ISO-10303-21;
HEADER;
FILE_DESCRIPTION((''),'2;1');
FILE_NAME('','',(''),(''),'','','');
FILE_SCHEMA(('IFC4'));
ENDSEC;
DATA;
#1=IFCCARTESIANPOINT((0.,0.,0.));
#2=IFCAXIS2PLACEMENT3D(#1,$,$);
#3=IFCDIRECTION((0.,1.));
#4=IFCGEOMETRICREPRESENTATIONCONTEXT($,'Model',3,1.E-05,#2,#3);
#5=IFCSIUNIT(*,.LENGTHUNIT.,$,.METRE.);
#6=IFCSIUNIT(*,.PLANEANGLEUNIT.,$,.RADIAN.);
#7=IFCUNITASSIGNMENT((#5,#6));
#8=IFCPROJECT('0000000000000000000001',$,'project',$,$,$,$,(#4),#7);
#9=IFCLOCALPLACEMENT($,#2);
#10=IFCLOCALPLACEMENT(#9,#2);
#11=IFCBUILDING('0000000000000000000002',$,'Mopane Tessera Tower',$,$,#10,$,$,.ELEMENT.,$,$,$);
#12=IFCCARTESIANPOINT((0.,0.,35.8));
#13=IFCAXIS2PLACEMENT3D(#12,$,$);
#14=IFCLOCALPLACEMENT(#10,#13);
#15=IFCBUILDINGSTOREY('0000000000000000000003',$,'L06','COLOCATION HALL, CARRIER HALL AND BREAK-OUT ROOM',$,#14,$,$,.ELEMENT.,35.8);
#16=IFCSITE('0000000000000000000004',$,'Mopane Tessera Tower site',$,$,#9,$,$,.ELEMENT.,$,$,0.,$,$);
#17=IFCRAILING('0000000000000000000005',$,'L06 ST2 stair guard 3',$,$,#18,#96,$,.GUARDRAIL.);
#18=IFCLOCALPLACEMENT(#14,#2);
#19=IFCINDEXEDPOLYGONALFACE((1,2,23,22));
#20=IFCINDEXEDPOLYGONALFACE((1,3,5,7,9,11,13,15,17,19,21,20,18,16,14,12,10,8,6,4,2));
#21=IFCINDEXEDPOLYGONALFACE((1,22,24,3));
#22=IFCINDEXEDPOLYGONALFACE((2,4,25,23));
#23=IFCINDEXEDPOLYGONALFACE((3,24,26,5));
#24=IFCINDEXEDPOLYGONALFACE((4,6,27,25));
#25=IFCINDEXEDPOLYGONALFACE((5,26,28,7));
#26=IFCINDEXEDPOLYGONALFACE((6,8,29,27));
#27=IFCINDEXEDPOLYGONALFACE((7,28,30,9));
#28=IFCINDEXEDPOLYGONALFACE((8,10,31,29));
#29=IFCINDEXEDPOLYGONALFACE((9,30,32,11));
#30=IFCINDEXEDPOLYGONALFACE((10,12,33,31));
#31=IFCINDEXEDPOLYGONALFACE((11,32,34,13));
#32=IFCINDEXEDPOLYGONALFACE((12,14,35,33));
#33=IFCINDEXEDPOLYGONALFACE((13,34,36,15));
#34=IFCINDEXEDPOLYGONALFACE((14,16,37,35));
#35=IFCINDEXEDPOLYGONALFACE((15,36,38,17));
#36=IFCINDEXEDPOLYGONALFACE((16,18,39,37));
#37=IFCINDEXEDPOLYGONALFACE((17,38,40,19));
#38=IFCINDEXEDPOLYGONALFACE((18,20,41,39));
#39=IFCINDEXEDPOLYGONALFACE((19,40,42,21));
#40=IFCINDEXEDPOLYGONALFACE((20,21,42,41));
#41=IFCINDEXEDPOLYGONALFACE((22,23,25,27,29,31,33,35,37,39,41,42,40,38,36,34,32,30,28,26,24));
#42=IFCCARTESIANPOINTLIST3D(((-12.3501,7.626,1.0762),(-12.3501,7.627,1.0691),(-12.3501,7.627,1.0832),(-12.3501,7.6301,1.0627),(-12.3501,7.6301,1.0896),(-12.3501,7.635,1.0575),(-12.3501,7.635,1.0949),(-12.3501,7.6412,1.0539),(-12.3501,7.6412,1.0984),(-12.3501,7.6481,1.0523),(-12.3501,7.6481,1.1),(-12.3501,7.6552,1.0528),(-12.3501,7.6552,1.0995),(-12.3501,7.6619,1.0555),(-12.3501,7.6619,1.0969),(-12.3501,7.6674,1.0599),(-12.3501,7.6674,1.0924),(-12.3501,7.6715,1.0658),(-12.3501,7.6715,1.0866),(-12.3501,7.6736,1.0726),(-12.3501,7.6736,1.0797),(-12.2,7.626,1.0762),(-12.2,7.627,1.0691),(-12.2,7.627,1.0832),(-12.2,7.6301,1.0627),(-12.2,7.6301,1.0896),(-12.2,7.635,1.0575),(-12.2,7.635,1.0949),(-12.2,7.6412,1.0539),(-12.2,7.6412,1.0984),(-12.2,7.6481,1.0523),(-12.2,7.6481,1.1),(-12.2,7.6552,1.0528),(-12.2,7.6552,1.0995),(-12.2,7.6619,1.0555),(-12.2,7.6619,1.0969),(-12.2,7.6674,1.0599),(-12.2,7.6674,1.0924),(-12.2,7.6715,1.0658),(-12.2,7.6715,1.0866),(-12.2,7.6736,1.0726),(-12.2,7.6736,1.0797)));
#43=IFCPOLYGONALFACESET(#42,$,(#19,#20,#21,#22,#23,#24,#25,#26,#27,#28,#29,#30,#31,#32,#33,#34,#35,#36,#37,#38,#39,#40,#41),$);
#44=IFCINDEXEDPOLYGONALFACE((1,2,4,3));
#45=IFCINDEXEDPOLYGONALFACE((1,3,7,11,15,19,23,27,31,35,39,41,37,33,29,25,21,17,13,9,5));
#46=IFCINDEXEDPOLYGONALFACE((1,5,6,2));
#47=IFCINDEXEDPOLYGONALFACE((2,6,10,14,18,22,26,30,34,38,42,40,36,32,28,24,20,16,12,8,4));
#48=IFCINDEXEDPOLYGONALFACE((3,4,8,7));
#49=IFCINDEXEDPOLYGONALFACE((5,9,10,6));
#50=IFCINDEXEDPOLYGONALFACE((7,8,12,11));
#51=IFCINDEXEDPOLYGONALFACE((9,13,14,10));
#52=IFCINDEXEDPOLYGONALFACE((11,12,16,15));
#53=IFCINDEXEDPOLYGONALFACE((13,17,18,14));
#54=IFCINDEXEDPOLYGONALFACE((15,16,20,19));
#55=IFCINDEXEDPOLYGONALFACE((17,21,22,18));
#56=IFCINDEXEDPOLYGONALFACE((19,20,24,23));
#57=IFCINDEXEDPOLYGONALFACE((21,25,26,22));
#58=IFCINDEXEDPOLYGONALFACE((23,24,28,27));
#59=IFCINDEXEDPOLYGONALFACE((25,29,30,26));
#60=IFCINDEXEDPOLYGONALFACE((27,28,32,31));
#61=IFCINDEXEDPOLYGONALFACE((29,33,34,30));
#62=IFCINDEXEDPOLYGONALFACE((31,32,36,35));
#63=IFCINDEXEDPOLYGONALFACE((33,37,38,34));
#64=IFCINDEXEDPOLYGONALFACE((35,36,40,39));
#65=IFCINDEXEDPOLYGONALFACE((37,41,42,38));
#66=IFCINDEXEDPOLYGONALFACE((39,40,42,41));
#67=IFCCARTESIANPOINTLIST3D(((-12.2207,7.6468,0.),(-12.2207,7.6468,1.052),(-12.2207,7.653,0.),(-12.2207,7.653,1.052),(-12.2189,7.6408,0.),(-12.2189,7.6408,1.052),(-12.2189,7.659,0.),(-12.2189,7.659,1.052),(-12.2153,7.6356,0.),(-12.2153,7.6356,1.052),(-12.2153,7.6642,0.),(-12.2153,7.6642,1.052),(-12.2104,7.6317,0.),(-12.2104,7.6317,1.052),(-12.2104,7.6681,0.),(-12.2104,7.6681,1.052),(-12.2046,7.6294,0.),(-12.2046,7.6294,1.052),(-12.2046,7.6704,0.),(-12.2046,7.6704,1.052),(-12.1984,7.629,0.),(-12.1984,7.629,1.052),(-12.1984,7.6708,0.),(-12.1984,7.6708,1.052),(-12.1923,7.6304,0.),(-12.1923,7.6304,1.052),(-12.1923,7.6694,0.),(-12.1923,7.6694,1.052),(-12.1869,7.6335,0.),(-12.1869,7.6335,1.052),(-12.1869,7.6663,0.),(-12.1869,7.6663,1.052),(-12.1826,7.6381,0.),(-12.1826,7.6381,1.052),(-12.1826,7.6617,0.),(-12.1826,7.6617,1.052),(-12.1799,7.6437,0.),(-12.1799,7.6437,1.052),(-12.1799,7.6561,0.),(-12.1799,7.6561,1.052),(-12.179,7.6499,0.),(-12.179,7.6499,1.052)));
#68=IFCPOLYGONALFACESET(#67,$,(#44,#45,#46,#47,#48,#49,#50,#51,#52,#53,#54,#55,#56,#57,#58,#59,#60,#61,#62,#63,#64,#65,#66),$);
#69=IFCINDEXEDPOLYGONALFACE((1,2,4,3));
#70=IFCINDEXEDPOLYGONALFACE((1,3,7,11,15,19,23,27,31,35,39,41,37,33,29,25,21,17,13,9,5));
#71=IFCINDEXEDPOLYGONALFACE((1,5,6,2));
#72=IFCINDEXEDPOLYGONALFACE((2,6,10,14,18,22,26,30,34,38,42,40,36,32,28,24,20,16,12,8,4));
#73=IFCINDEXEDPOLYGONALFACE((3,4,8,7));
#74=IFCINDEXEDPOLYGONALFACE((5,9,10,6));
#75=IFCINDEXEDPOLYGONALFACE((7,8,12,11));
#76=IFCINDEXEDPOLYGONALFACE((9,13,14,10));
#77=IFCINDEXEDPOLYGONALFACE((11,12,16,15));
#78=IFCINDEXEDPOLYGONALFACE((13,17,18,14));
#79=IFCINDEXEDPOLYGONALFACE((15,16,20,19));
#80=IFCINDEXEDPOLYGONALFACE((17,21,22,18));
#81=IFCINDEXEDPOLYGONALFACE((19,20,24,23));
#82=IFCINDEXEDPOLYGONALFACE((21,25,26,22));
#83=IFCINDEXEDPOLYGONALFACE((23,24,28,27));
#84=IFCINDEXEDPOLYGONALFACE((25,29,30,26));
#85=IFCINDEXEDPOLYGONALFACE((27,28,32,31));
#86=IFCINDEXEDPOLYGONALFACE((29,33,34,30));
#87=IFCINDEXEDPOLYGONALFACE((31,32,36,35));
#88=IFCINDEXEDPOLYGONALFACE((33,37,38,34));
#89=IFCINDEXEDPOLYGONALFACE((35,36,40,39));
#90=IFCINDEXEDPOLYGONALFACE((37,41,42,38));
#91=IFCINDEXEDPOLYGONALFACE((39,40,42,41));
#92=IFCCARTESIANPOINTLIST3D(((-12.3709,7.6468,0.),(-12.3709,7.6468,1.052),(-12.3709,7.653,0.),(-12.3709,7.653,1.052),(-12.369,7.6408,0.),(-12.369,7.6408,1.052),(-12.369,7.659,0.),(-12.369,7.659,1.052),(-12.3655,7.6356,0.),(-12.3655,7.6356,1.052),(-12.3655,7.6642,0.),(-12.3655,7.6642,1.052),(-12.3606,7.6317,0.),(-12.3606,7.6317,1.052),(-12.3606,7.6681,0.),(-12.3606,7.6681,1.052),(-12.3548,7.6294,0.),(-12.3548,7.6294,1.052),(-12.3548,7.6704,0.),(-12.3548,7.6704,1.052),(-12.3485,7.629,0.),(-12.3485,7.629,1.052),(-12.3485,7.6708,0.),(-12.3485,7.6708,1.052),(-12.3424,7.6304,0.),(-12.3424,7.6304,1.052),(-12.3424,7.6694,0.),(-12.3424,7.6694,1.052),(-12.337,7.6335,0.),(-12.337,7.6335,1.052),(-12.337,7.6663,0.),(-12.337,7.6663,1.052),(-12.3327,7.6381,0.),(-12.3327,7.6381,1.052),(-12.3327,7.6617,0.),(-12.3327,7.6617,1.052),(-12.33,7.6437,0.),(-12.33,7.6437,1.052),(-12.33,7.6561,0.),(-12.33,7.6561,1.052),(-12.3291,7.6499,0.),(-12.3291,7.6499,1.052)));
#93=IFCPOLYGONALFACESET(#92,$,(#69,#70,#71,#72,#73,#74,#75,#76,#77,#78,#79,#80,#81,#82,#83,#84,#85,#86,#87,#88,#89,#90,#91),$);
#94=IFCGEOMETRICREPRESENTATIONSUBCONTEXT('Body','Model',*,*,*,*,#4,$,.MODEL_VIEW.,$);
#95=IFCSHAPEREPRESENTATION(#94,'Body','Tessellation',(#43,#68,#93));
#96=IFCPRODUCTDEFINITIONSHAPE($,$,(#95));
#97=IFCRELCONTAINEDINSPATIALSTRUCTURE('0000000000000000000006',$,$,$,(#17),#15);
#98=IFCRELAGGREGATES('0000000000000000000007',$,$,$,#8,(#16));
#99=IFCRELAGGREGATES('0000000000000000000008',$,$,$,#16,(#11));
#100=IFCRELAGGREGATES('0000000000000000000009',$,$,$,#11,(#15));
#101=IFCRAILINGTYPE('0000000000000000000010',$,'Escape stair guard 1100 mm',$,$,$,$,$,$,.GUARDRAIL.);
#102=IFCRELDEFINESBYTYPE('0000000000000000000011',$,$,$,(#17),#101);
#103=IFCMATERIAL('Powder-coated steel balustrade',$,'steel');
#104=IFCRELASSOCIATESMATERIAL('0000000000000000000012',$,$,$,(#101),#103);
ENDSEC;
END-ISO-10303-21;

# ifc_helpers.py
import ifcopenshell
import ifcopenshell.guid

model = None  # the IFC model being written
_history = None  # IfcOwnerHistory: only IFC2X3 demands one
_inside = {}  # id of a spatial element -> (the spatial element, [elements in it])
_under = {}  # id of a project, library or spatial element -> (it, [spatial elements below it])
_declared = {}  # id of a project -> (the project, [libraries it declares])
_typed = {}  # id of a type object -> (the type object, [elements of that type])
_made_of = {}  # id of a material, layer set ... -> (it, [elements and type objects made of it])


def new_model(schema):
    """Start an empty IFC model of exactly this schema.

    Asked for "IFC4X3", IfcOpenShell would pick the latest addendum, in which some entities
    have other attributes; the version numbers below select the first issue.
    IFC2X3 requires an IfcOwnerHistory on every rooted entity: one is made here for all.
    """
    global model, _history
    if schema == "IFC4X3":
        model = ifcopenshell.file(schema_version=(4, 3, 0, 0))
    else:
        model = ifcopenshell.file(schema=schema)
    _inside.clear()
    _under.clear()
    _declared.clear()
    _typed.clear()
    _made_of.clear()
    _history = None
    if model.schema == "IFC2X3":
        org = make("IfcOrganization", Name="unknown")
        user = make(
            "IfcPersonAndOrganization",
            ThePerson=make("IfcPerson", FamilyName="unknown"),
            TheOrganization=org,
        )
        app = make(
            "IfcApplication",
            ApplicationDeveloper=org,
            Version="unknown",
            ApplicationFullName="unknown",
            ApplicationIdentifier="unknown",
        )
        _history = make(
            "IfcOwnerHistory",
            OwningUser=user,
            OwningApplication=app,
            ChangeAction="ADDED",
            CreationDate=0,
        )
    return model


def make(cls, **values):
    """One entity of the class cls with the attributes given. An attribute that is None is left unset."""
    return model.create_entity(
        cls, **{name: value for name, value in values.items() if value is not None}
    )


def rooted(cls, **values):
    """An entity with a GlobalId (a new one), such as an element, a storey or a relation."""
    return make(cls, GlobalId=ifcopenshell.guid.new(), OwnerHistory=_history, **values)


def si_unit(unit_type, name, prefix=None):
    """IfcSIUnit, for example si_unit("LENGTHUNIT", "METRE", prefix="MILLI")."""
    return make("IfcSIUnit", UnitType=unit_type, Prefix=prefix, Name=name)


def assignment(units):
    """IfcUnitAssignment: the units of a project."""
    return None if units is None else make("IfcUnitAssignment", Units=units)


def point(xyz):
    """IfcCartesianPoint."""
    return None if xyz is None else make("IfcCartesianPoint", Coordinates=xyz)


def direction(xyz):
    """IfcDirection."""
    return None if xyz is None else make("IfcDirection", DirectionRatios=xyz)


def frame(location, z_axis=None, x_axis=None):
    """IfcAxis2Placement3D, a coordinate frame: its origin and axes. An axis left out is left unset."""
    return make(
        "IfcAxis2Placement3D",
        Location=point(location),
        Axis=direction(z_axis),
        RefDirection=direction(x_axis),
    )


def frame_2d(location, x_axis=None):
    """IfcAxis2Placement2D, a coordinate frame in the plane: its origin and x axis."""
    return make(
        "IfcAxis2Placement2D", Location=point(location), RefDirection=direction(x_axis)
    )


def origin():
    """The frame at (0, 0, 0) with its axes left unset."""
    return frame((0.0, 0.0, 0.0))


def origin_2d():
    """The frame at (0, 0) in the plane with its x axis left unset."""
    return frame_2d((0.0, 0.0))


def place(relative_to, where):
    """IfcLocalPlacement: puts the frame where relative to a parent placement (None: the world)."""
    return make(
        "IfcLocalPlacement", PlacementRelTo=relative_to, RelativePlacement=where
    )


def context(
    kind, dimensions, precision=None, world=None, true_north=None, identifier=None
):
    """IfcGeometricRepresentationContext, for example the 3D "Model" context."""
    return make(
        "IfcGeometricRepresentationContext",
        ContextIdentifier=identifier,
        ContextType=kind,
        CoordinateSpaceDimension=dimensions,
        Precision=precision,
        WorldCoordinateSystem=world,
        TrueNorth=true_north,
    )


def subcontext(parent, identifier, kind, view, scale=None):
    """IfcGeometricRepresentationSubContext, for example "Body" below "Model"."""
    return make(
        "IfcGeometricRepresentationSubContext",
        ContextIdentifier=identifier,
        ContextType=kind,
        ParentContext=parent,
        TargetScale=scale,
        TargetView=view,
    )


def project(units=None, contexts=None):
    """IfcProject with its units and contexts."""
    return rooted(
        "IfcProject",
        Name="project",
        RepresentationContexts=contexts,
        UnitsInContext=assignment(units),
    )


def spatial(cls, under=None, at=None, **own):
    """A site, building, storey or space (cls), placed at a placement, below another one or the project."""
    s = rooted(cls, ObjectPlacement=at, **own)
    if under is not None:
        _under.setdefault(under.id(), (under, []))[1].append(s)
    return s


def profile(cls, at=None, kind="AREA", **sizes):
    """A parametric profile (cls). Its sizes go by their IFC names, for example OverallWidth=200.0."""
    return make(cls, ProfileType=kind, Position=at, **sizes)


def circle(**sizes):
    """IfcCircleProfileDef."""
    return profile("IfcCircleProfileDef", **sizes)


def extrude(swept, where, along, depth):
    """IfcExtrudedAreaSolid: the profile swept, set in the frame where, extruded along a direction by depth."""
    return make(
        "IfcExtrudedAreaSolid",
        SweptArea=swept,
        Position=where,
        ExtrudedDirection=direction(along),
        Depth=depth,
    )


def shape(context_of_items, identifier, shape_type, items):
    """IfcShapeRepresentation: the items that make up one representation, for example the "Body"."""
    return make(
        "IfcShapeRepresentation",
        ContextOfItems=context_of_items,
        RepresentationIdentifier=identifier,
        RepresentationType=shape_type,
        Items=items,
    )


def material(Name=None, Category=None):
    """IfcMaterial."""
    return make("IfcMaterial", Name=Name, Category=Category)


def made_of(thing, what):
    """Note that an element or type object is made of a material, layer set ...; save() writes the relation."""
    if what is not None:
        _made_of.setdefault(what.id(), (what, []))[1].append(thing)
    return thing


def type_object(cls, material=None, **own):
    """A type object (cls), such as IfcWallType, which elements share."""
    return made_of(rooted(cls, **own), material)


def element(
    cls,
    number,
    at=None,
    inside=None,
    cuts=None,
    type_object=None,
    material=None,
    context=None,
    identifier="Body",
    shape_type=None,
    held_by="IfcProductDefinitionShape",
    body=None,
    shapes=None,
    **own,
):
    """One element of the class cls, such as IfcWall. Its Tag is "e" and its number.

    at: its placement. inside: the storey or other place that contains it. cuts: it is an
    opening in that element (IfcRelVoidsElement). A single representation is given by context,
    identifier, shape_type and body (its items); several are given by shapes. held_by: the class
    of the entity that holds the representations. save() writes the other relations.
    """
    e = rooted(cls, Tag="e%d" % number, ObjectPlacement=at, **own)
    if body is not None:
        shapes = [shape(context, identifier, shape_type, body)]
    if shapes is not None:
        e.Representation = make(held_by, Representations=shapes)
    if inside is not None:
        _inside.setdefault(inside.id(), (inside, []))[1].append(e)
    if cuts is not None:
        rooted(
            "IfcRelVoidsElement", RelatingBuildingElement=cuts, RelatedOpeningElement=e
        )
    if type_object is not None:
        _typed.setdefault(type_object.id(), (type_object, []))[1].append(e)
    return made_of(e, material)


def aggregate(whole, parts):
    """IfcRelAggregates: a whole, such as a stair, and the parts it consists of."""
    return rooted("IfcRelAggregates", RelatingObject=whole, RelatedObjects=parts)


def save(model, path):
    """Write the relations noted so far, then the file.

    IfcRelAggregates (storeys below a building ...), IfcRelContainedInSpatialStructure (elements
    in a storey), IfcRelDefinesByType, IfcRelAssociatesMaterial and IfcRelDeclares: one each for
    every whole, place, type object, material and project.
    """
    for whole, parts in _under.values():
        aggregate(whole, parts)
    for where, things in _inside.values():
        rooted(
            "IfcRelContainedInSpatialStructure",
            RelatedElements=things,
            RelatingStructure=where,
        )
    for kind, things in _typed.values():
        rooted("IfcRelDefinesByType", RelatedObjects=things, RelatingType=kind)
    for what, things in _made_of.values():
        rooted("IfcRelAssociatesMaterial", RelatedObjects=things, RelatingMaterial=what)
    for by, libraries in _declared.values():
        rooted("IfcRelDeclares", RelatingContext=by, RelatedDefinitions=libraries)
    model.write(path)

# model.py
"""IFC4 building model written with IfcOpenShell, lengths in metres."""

from ifc_helpers import new_model, si_unit, direction, frame, origin, origin_2d, place, context, subcontext, project, spatial, circle, extrude, material, type_object, element, save


model = new_model("IFC4")

# Units and contexts
model_context = context("Model", 3, precision=1e-05, world=origin(), true_north=direction((0.0, 1.0)))
body_context = subcontext(model_context, "Body", "Model", "MODEL_VIEW")
ifc_project = project(units=[si_unit("LENGTHUNIT", "METRE"), si_unit("PLANEANGLEUNIT", "RADIAN")], contexts=[model_context])

# Site, building, storey
site_placement = place(None, origin())
site = spatial("IfcSite", under=ifc_project, at=site_placement, Name="Mopane Tessera Tower site", CompositionType="ELEMENT", RefElevation=0.0)
building_placement = place(site_placement, origin())
building = spatial("IfcBuilding", under=site, at=building_placement, Name="Mopane Tessera Tower", CompositionType="ELEMENT")
storey_placement = place(building_placement, frame((0.0, 0.0, 35.8)))
storey = spatial("IfcBuildingStorey", under=building, at=storey_placement, Name="L06", Description="COLOCATION HALL, CARRIER HALL AND BREAK-OUT ROOM", CompositionType="ELEMENT", Elevation=35.8)

# Railing
ifc_material_1 = material(Name="Powder-coated steel balustrade", Category="steel")
railing_type_1 = type_object("IfcRailingType", Name="Escape stair guard 1100 mm", PredefinedType="GUARDRAIL", material=ifc_material_1)
railing_1_placement = place(storey_placement, frame((-12.2, 7.6499, 0.0)))
element("IfcRailing", 1, at=railing_1_placement, inside=storey, type_object=railing_type_1, Name="L06 ST2 stair guard 3", PredefinedType="GUARDRAIL", context=body_context, shape_type="SweptSolid", body=[
    extrude(circle(Radius=0.0239, at=origin_2d()), frame((0.0, 0.0, 1.0762), z_axis=(-1.0, 0.0, 0.0), x_axis=(0.0, -1.0, 0.0)), (0.0, 0.0, 1.0), 0.1501),
    extrude(circle(Radius=0.021, at=origin_2d()), origin(), (0.0, 0.0, 1.0), 1.052),
    extrude(circle(Radius=0.021, at=origin_2d()), frame((-0.1501, 0.0, 0.0)), (0.0, 0.0, 1.0), 1.052),
])

save(model, "model.ifc")
